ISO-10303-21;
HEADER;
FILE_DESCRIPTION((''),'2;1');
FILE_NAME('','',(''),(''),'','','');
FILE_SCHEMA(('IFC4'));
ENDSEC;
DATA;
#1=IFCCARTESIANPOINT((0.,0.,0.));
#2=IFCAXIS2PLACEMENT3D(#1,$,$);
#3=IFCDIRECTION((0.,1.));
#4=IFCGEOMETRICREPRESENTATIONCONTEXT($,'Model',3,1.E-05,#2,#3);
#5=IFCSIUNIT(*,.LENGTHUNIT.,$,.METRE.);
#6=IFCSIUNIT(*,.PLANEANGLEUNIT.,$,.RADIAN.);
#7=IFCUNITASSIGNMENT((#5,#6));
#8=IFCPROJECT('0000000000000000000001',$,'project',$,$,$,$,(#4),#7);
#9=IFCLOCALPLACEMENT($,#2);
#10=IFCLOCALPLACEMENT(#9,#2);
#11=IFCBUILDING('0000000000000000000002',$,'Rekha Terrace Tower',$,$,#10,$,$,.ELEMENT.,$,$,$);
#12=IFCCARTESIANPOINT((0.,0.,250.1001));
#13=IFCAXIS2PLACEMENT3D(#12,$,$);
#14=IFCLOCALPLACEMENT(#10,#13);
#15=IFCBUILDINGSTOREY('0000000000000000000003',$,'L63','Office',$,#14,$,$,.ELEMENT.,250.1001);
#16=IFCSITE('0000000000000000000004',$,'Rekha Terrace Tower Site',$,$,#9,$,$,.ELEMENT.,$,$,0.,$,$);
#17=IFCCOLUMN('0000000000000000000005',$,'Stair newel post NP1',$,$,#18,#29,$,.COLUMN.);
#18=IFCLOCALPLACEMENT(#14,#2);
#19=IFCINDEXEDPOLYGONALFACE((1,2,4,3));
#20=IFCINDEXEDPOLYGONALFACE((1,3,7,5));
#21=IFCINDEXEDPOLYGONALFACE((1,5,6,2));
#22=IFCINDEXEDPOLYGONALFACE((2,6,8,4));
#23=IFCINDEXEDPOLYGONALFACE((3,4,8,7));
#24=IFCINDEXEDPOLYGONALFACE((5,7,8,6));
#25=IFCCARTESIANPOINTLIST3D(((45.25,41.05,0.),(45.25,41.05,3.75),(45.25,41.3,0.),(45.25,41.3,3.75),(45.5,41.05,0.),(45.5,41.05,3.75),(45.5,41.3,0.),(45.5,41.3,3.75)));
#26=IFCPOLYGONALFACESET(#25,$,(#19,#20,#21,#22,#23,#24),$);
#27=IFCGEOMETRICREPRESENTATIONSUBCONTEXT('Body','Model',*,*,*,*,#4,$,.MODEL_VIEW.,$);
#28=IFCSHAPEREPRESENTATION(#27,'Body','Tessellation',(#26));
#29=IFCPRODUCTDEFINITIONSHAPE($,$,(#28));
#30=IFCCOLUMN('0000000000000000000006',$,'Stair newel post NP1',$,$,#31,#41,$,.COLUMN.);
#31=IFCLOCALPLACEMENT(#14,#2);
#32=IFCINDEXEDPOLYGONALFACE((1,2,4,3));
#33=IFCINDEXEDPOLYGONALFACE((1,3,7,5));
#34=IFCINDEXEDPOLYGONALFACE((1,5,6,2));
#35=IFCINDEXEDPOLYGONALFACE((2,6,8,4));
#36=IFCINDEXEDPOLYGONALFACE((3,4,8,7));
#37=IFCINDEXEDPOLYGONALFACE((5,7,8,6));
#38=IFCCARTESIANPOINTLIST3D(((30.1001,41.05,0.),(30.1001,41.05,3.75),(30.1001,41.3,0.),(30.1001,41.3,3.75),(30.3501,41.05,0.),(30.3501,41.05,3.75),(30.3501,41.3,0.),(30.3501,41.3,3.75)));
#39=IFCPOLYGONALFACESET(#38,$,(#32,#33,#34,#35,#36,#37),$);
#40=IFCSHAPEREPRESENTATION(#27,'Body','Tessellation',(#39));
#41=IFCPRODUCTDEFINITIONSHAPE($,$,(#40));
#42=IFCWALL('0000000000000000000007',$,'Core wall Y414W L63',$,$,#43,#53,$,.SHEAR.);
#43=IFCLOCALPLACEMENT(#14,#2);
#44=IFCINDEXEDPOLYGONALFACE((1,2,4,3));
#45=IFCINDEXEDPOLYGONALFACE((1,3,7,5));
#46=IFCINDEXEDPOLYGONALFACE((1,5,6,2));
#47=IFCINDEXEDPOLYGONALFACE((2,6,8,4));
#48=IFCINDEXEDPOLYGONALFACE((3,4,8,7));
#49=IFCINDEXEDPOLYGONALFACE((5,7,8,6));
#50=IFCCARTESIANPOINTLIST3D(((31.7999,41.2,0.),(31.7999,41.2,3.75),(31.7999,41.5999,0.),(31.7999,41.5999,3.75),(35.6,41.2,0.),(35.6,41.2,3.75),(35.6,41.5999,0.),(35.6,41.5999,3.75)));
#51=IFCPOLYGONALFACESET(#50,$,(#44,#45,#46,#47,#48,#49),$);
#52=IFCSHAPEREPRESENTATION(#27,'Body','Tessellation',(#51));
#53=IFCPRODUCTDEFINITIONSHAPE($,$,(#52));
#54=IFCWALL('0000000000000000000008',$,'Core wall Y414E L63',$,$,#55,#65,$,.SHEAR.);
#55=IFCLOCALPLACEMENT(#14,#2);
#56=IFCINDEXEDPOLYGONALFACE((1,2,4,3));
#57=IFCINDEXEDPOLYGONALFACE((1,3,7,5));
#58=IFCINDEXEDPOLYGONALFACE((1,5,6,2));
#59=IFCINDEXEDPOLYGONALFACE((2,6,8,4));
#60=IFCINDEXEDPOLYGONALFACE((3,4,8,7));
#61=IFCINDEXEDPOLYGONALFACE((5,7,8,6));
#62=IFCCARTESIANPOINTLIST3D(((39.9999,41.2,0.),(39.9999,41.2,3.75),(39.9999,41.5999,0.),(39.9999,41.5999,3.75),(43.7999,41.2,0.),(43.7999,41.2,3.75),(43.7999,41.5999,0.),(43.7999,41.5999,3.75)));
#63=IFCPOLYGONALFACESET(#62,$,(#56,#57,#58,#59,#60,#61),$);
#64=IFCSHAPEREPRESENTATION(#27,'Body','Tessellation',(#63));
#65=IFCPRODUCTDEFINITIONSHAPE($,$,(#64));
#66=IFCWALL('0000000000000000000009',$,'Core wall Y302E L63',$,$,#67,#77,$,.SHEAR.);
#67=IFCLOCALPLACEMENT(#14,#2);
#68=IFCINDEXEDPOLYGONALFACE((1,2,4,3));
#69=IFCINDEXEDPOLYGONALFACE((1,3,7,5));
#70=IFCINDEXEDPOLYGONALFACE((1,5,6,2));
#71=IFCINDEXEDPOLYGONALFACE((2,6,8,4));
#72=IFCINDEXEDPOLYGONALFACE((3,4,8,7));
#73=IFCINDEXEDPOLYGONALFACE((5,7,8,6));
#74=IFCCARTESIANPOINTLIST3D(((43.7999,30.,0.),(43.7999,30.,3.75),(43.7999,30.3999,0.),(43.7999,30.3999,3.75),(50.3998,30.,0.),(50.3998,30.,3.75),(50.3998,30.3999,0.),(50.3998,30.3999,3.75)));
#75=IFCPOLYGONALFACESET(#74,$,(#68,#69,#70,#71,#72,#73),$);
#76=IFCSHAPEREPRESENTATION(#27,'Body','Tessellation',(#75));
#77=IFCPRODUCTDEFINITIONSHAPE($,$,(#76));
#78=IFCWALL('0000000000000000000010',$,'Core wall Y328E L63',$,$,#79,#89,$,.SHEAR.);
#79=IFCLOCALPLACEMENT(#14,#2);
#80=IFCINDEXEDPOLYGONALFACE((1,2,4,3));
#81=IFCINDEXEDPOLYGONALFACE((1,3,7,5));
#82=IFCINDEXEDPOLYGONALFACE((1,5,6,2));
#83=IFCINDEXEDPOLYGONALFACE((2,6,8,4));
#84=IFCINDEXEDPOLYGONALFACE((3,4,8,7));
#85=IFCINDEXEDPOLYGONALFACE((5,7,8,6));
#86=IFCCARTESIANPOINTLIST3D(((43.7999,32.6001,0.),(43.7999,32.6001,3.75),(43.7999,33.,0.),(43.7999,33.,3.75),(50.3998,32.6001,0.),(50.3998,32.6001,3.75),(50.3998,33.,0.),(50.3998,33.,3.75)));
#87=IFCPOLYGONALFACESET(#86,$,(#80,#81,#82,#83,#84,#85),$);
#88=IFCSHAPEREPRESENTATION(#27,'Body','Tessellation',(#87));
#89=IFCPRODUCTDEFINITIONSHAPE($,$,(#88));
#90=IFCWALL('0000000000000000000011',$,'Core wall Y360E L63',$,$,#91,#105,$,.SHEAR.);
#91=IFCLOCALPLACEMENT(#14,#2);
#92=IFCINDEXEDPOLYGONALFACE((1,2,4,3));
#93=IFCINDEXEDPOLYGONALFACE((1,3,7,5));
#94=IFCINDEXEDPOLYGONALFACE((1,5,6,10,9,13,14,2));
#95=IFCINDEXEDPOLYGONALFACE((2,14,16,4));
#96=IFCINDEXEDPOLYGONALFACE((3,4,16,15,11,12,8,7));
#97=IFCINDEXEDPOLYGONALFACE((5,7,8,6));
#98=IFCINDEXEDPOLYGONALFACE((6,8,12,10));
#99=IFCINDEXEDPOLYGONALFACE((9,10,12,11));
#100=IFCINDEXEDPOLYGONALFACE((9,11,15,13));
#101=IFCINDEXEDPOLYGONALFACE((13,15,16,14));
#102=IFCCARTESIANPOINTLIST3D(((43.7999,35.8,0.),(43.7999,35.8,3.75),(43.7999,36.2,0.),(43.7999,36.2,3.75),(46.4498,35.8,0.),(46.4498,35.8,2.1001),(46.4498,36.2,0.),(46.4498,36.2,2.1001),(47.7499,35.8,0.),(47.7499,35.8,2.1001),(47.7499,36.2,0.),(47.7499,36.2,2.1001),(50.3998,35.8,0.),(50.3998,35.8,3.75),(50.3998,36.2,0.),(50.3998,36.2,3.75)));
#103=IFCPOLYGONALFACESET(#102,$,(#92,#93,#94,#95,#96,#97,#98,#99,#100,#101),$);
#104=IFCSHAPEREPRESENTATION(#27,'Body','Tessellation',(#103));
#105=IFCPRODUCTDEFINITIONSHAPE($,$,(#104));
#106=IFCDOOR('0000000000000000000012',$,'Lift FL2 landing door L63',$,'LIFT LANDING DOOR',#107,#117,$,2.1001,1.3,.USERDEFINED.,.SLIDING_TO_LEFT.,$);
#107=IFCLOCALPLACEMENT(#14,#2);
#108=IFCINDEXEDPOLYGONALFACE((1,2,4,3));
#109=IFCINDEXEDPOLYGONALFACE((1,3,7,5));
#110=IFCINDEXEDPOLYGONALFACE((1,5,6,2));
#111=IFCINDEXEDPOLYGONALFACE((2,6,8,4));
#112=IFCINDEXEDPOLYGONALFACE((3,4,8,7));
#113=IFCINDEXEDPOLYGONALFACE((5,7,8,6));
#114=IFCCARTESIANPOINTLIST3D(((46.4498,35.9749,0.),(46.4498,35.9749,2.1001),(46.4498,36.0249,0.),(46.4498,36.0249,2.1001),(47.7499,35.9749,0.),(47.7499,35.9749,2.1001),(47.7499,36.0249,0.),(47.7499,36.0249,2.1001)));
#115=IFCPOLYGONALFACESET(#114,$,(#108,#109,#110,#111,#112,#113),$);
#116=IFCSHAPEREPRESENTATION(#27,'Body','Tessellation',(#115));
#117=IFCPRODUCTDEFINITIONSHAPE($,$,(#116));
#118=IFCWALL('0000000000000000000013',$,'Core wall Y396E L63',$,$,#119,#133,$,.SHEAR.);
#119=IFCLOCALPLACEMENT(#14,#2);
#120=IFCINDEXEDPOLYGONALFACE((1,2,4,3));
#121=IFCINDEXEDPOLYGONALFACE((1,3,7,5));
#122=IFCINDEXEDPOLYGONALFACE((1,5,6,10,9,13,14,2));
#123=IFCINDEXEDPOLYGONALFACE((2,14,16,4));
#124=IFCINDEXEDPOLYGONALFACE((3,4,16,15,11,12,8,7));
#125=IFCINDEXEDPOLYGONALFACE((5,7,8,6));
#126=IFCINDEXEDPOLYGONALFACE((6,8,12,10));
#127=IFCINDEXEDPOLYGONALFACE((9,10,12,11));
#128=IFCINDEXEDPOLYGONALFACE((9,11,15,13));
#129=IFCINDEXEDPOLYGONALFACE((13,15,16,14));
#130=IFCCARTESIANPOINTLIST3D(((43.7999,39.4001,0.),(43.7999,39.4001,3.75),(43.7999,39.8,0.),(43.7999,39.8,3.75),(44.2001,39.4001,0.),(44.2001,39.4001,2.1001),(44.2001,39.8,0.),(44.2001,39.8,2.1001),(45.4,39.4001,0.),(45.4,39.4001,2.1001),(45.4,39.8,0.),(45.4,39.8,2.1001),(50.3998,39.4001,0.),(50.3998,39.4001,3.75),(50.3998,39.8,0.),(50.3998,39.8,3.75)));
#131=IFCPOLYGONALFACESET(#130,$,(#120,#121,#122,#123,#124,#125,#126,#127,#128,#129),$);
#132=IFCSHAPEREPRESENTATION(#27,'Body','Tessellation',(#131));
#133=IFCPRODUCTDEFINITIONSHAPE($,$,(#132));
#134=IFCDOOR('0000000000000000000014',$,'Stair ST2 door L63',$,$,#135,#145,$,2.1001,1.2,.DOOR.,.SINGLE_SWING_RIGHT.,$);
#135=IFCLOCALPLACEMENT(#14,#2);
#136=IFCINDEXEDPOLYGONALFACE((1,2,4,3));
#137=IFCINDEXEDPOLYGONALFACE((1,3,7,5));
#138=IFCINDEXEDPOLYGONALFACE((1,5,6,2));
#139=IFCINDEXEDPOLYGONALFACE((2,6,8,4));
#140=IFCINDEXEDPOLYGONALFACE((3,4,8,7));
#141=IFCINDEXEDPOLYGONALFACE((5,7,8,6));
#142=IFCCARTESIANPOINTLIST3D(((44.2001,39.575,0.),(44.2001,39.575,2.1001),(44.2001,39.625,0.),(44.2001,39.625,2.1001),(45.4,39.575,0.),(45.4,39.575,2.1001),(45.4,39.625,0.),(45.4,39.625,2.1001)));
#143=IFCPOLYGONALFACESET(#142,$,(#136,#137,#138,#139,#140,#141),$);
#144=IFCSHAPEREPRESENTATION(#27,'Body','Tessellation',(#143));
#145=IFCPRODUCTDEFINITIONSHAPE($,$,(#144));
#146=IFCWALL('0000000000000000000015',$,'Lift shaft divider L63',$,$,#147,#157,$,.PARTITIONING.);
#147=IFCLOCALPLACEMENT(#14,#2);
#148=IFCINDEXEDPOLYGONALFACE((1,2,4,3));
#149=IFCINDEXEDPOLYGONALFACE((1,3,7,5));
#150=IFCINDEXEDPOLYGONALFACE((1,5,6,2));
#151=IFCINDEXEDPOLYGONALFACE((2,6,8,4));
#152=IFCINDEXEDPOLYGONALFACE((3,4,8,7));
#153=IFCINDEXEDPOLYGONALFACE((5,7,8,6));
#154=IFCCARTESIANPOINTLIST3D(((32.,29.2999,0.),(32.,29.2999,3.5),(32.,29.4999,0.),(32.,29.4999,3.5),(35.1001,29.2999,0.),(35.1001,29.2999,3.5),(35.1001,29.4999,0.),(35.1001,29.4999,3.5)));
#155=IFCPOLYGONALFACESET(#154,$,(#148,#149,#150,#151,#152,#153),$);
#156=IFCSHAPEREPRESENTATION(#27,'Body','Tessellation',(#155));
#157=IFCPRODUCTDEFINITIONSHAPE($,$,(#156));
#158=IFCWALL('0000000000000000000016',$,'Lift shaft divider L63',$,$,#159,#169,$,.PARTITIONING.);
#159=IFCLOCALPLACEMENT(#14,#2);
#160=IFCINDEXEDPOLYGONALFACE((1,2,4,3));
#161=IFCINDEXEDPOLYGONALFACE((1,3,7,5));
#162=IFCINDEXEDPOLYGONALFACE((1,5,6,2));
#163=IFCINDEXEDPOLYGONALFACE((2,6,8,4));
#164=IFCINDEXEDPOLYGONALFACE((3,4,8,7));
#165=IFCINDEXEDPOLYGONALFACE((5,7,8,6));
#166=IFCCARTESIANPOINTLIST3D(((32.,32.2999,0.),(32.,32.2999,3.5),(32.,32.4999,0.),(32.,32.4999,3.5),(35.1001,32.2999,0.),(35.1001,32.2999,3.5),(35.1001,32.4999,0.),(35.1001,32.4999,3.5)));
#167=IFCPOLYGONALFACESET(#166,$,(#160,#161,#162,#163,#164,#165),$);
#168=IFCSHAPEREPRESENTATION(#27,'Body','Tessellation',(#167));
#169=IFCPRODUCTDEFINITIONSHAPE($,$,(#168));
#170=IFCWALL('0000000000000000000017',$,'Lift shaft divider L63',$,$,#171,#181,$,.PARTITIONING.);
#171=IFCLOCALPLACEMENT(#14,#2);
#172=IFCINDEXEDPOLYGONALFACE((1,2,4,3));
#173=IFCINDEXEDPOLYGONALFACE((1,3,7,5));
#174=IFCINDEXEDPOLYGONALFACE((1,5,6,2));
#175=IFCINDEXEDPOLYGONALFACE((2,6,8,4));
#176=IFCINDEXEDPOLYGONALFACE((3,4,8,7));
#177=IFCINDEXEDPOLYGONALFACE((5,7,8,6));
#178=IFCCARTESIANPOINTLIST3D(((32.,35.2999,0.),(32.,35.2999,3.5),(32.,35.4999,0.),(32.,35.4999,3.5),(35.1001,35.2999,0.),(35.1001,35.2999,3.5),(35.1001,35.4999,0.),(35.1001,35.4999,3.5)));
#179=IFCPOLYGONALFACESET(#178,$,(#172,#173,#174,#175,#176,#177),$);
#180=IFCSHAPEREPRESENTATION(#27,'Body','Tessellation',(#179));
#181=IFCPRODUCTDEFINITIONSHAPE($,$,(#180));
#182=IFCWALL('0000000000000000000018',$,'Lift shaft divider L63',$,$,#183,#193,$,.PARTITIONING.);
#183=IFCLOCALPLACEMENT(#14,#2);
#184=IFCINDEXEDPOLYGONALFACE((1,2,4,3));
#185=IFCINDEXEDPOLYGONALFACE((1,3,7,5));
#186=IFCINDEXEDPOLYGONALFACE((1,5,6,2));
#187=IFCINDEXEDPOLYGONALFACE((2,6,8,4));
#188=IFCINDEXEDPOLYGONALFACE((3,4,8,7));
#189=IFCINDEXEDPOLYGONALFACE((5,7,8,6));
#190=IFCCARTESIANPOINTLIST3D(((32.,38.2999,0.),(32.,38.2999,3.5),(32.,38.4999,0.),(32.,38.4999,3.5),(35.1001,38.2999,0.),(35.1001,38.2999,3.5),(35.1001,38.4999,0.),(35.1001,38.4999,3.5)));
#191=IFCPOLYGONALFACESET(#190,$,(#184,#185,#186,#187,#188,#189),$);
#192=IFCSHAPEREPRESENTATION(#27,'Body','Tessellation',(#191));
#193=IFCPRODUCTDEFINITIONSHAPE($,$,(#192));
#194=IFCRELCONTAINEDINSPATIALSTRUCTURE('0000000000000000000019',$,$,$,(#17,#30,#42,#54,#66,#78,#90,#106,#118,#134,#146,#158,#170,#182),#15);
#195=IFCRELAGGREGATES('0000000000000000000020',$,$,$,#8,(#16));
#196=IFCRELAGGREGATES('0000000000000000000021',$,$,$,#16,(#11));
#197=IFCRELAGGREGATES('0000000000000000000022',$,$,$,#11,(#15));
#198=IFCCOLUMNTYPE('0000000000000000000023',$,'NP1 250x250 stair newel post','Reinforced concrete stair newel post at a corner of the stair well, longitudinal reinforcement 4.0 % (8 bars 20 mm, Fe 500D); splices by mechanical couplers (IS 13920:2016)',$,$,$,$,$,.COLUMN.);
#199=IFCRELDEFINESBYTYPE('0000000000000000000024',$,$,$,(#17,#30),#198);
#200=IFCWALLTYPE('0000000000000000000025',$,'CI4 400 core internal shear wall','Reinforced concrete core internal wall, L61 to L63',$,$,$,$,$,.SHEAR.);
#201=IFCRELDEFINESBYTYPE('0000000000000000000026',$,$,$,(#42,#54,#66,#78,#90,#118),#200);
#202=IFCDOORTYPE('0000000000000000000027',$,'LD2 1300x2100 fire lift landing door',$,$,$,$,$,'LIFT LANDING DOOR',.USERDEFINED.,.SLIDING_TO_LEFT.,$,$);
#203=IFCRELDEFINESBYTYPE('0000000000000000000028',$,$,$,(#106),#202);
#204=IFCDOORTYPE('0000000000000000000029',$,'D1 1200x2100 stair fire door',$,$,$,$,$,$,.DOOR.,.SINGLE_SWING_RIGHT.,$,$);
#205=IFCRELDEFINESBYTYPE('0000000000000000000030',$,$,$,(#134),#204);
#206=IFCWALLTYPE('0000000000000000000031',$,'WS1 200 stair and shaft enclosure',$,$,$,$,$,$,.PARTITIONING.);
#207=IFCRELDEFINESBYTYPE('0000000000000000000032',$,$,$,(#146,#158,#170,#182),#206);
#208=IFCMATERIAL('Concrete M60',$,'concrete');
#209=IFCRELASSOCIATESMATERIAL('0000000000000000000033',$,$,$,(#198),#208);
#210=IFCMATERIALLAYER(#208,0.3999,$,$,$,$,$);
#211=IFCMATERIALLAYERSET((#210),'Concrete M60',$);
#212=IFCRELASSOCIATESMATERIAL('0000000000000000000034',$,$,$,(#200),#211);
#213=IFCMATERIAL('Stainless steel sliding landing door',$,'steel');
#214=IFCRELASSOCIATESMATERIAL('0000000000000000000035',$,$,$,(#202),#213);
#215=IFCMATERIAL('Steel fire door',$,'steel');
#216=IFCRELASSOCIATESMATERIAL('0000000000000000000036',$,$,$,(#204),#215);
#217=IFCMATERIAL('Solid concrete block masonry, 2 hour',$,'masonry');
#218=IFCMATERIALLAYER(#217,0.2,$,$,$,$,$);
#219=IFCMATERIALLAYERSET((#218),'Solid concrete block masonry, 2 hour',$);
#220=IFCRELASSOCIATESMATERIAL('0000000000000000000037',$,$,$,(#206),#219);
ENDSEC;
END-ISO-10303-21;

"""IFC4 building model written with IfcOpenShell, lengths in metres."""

from ifc_helpers import new_model, si_unit, direction, frame, frame_2d, origin, origin_2d, place, context, subcontext, project, spatial, rectangle, extrude, material, layer, layer_set, material_profile, profile_set, type_object, element, fill, save


model = new_model("IFC4")

# Units and contexts
model_context = context("Model", 3, precision=1e-05, world=origin(), true_north=direction((0.0, 1.0)))
body_context = subcontext(model_context, "Body", "Model", "MODEL_VIEW")
ifc_project = project(units=[si_unit("LENGTHUNIT", "METRE"), si_unit("PLANEANGLEUNIT", "RADIAN")], contexts=[model_context])

# Site, building, storey
site_placement = place(None, origin())
site = spatial("IfcSite", under=ifc_project, at=site_placement, Name="Rekha Terrace Tower Site", CompositionType="ELEMENT", RefElevation=0.0)
building_placement = place(site_placement, origin())
building = spatial("IfcBuilding", under=site, at=building_placement, Name="Rekha Terrace Tower", CompositionType="ELEMENT")
storey_placement = place(building_placement, frame((0.0, 0.0, 250.1001)))
storey = spatial("IfcBuildingStorey", under=building, at=storey_placement, Name="L63", Description="Office", CompositionType="ELEMENT", Elevation=250.1001)

# Columns
ifc_material_1 = material(Name="Concrete M60", Category="concrete")
ifc_material_profile = material_profile(ifc_material_1, rectangle(XDim=0.25, YDim=0.25, at=origin_2d()), Name="RC 250x250")
ifc_profile_set = profile_set([ifc_material_profile], Name="Concrete M60")
column_type = type_object("IfcColumnType", Name="NP1 250x250 stair newel post", Description="Reinforced concrete stair newel post at a corner of the stair well, longitudinal reinforcement 4.0 % (8 bars 20 mm, Fe 500D); splices by mechanical couplers (IS 13920:2016)", PredefinedType="COLUMN", material=ifc_profile_set)
for number, where, z_axis, x_axis, name in (
    (1, (45.375, 41.175, 0.0), (0.0, 0.0, 1.0), (1.0, 0.0, 0.0), "Stair newel post NP1"),
    (2, (30.2251, 41.175, 0.0), (0.0, 0.0, 1.0), (1.0, 0.0, 0.0), "Stair newel post NP1"),
):
    element("IfcColumn", number, at=place(storey_placement, frame(where, z_axis=z_axis, x_axis=x_axis)), inside=storey, type_object=column_type, Name=name, PredefinedType="COLUMN", context=body_context, shape_type="SweptSolid", body=[
        extrude(rectangle(XDim=0.25, YDim=0.25, at=origin_2d()), origin(), (0.0, 0.0, 1.0), 3.75),
    ])

# Walls
ifc_layer_1 = layer(ifc_material_1, 0.3999)
ifc_layer_set_1 = layer_set([ifc_layer_1], Name="Concrete M60")
wall_type_1 = type_object("IfcWallType", Name="CI4 400 core internal shear wall", Description="Reinforced concrete core internal wall, L61 to L63", PredefinedType="SHEAR", material=ifc_layer_set_1)
for number, where, z_axis, x_axis, name in (
    (3, (31.8, 41.3999, 0.0), (0.0, 0.0, 1.0), (1.0, 0.0, 0.0), "Core wall Y414W L63"),
    (4, (40.0, 41.3999, 0.0), (0.0, 0.0, 1.0), (1.0, 0.0, 0.0), "Core wall Y414E L63"),
):
    element("IfcWall", number, at=place(storey_placement, frame(where, z_axis=z_axis, x_axis=x_axis)), inside=storey, type_object=wall_type_1, Name=name, PredefinedType="SHEAR", context=body_context, shape_type="SweptSolid", body=[
        extrude(rectangle(XDim=3.8, YDim=0.3999, at=frame_2d((1.8999, 0.0))), origin(), (0.0, 0.0, 1.0), 3.75),
    ])
for number, where, z_axis, x_axis, name in (
    (5, (43.8, 30.2, 0.0), (0.0, 0.0, 1.0), (1.0, 0.0, 0.0), "Core wall Y302E L63"),
    (6, (43.8, 32.8, 0.0), (0.0, 0.0, 1.0), (1.0, 0.0, 0.0), "Core wall Y328E L63"),
):
    element("IfcWall", number, at=place(storey_placement, frame(where, z_axis=z_axis, x_axis=x_axis)), inside=storey, type_object=wall_type_1, Name=name, PredefinedType="SHEAR", context=body_context, shape_type="SweptSolid", body=[
        extrude(rectangle(XDim=6.5999, YDim=0.3999, at=frame_2d((3.2998, 0.0))), origin(), (0.0, 0.0, 1.0), 3.75),
    ])

# Walls, openings, doors
wall_1_placement = place(storey_placement, frame((43.8, 36.0, 0.0), z_axis=(0.0, 0.0, 1.0), x_axis=(1.0, 0.0, 0.0)))
wall_1 = element("IfcWall", 7, at=wall_1_placement, inside=storey, type_object=wall_type_1, Name="Core wall Y360E L63", PredefinedType="SHEAR", context=body_context, shape_type="SweptSolid", body=[
    extrude(rectangle(XDim=6.5999, YDim=0.3999, at=frame_2d((3.2998, 0.0))), origin(), (0.0, 0.0, 1.0), 3.75),
])
opening_1_placement = place(wall_1_placement, frame((2.6499, 0.0, 0.0)))
opening_1 = element("IfcOpeningElement", 8, at=opening_1_placement, cuts=wall_1, PredefinedType="OPENING", context=body_context, shape_type="SweptSolid", body=[
    extrude(rectangle(XDim=1.3, YDim=2.1001, at=frame_2d((0.6499, 1.05))), frame((0.0, 0.21, 0.0), z_axis=(0.0, -1.0, 0.0), x_axis=(1.0, 0.0, 0.0)), (0.0, 0.0, 1.0), 0.4199),
])
ifc_material_2 = material(Name="Stainless steel sliding landing door", Category="steel")
door_type_1 = type_object("IfcDoorType", Name="LD2 1300x2100 fire lift landing door", ElementType="LIFT LANDING DOOR", OperationType="SLIDING_TO_LEFT", PredefinedType="USERDEFINED", material=ifc_material_2)
door_1_placement = place(opening_1_placement, origin())
door_1 = element("IfcDoor", 9, at=door_1_placement, inside=storey, type_object=door_type_1, Name="Lift FL2 landing door L63", ObjectType="LIFT LANDING DOOR", OperationType="SLIDING_TO_LEFT", OverallHeight=2.1001, OverallWidth=1.3, PredefinedType="USERDEFINED", context=body_context, shape_type="SweptSolid", body=[
    extrude(rectangle(XDim=1.3, YDim=2.1001, at=frame_2d((0.6499, 1.05))), frame((0.0, 0.0249, 0.0), z_axis=(0.0, -1.0, 0.0), x_axis=(1.0, 0.0, 0.0)), (0.0, 0.0, 1.0), 0.05),
])
fill(opening_1, door_1)
wall_2_placement = place(storey_placement, frame((43.8, 39.6001, 0.0), z_axis=(0.0, 0.0, 1.0), x_axis=(1.0, 0.0, 0.0)))
wall_2 = element("IfcWall", 10, at=wall_2_placement, inside=storey, type_object=wall_type_1, Name="Core wall Y396E L63", PredefinedType="SHEAR", context=body_context, shape_type="SweptSolid", body=[
    extrude(rectangle(XDim=6.5999, YDim=0.3999, at=frame_2d((3.2998, 0.0))), origin(), (0.0, 0.0, 1.0), 3.75),
])
opening_2_placement = place(wall_2_placement, frame((0.3999, 0.0, 0.0)))
opening_2 = element("IfcOpeningElement", 11, at=opening_2_placement, cuts=wall_2, PredefinedType="OPENING", context=body_context, shape_type="SweptSolid", body=[
    extrude(rectangle(XDim=1.2, YDim=2.1001, at=frame_2d((0.6001, 1.05))), frame((0.0, 0.21, 0.0), z_axis=(0.0, -1.0, 0.0), x_axis=(1.0, 0.0, 0.0)), (0.0, 0.0, 1.0), 0.4199),
])
ifc_material_3 = material(Name="Steel fire door", Category="steel")
door_type_2 = type_object("IfcDoorType", Name="D1 1200x2100 stair fire door", OperationType="SINGLE_SWING_RIGHT", PredefinedType="DOOR", material=ifc_material_3)
door_2_placement = place(opening_2_placement, origin())
door_2 = element("IfcDoor", 12, at=door_2_placement, inside=storey, type_object=door_type_2, Name="Stair ST2 door L63", OperationType="SINGLE_SWING_RIGHT", OverallHeight=2.1001, OverallWidth=1.2, PredefinedType="DOOR", context=body_context, shape_type="SweptSolid", body=[
    extrude(rectangle(XDim=1.2, YDim=2.1001, at=frame_2d((0.6001, 1.05))), frame((0.0, 0.0249, 0.0), z_axis=(0.0, -1.0, 0.0), x_axis=(1.0, 0.0, 0.0)), (0.0, 0.0, 1.0), 0.05),
])
fill(opening_2, door_2)

# Walls
ifc_material_4 = material(Name="Solid concrete block masonry, 2 hour", Category="masonry")
ifc_layer_2 = layer(ifc_material_4, 0.2)
ifc_layer_set_2 = layer_set([ifc_layer_2], Name="Solid concrete block masonry, 2 hour")
wall_type_2 = type_object("IfcWallType", Name="WS1 200 stair and shaft enclosure", PredefinedType="PARTITIONING", material=ifc_layer_set_2)
for number, where, z_axis, x_axis, name in (
    (13, (32.0, 29.3999, 0.0), (0.0, 0.0, 1.0), (1.0, 0.0, 0.0), "Lift shaft divider L63"),
    (14, (32.0, 32.3999, 0.0), (0.0, 0.0, 1.0), (1.0, 0.0, 0.0), "Lift shaft divider L63"),
    (15, (32.0, 35.3999, 0.0), (0.0, 0.0, 1.0), (1.0, 0.0, 0.0), "Lift shaft divider L63"),
    (16, (32.0, 38.3999, 0.0), (0.0, 0.0, 1.0), (1.0, 0.0, 0.0), "Lift shaft divider L63"),
):
    element("IfcWall", number, at=place(storey_placement, frame(where, z_axis=z_axis, x_axis=x_axis)), inside=storey, type_object=wall_type_2, Name=name, PredefinedType="PARTITIONING", context=body_context, shape_type="SweptSolid", body=[
        extrude(rectangle(XDim=3.1001, YDim=0.2, at=frame_2d((1.55, 0.0))), origin(), (0.0, 0.0, 1.0), 3.5),
    ])

save(model, "model.ifc")
